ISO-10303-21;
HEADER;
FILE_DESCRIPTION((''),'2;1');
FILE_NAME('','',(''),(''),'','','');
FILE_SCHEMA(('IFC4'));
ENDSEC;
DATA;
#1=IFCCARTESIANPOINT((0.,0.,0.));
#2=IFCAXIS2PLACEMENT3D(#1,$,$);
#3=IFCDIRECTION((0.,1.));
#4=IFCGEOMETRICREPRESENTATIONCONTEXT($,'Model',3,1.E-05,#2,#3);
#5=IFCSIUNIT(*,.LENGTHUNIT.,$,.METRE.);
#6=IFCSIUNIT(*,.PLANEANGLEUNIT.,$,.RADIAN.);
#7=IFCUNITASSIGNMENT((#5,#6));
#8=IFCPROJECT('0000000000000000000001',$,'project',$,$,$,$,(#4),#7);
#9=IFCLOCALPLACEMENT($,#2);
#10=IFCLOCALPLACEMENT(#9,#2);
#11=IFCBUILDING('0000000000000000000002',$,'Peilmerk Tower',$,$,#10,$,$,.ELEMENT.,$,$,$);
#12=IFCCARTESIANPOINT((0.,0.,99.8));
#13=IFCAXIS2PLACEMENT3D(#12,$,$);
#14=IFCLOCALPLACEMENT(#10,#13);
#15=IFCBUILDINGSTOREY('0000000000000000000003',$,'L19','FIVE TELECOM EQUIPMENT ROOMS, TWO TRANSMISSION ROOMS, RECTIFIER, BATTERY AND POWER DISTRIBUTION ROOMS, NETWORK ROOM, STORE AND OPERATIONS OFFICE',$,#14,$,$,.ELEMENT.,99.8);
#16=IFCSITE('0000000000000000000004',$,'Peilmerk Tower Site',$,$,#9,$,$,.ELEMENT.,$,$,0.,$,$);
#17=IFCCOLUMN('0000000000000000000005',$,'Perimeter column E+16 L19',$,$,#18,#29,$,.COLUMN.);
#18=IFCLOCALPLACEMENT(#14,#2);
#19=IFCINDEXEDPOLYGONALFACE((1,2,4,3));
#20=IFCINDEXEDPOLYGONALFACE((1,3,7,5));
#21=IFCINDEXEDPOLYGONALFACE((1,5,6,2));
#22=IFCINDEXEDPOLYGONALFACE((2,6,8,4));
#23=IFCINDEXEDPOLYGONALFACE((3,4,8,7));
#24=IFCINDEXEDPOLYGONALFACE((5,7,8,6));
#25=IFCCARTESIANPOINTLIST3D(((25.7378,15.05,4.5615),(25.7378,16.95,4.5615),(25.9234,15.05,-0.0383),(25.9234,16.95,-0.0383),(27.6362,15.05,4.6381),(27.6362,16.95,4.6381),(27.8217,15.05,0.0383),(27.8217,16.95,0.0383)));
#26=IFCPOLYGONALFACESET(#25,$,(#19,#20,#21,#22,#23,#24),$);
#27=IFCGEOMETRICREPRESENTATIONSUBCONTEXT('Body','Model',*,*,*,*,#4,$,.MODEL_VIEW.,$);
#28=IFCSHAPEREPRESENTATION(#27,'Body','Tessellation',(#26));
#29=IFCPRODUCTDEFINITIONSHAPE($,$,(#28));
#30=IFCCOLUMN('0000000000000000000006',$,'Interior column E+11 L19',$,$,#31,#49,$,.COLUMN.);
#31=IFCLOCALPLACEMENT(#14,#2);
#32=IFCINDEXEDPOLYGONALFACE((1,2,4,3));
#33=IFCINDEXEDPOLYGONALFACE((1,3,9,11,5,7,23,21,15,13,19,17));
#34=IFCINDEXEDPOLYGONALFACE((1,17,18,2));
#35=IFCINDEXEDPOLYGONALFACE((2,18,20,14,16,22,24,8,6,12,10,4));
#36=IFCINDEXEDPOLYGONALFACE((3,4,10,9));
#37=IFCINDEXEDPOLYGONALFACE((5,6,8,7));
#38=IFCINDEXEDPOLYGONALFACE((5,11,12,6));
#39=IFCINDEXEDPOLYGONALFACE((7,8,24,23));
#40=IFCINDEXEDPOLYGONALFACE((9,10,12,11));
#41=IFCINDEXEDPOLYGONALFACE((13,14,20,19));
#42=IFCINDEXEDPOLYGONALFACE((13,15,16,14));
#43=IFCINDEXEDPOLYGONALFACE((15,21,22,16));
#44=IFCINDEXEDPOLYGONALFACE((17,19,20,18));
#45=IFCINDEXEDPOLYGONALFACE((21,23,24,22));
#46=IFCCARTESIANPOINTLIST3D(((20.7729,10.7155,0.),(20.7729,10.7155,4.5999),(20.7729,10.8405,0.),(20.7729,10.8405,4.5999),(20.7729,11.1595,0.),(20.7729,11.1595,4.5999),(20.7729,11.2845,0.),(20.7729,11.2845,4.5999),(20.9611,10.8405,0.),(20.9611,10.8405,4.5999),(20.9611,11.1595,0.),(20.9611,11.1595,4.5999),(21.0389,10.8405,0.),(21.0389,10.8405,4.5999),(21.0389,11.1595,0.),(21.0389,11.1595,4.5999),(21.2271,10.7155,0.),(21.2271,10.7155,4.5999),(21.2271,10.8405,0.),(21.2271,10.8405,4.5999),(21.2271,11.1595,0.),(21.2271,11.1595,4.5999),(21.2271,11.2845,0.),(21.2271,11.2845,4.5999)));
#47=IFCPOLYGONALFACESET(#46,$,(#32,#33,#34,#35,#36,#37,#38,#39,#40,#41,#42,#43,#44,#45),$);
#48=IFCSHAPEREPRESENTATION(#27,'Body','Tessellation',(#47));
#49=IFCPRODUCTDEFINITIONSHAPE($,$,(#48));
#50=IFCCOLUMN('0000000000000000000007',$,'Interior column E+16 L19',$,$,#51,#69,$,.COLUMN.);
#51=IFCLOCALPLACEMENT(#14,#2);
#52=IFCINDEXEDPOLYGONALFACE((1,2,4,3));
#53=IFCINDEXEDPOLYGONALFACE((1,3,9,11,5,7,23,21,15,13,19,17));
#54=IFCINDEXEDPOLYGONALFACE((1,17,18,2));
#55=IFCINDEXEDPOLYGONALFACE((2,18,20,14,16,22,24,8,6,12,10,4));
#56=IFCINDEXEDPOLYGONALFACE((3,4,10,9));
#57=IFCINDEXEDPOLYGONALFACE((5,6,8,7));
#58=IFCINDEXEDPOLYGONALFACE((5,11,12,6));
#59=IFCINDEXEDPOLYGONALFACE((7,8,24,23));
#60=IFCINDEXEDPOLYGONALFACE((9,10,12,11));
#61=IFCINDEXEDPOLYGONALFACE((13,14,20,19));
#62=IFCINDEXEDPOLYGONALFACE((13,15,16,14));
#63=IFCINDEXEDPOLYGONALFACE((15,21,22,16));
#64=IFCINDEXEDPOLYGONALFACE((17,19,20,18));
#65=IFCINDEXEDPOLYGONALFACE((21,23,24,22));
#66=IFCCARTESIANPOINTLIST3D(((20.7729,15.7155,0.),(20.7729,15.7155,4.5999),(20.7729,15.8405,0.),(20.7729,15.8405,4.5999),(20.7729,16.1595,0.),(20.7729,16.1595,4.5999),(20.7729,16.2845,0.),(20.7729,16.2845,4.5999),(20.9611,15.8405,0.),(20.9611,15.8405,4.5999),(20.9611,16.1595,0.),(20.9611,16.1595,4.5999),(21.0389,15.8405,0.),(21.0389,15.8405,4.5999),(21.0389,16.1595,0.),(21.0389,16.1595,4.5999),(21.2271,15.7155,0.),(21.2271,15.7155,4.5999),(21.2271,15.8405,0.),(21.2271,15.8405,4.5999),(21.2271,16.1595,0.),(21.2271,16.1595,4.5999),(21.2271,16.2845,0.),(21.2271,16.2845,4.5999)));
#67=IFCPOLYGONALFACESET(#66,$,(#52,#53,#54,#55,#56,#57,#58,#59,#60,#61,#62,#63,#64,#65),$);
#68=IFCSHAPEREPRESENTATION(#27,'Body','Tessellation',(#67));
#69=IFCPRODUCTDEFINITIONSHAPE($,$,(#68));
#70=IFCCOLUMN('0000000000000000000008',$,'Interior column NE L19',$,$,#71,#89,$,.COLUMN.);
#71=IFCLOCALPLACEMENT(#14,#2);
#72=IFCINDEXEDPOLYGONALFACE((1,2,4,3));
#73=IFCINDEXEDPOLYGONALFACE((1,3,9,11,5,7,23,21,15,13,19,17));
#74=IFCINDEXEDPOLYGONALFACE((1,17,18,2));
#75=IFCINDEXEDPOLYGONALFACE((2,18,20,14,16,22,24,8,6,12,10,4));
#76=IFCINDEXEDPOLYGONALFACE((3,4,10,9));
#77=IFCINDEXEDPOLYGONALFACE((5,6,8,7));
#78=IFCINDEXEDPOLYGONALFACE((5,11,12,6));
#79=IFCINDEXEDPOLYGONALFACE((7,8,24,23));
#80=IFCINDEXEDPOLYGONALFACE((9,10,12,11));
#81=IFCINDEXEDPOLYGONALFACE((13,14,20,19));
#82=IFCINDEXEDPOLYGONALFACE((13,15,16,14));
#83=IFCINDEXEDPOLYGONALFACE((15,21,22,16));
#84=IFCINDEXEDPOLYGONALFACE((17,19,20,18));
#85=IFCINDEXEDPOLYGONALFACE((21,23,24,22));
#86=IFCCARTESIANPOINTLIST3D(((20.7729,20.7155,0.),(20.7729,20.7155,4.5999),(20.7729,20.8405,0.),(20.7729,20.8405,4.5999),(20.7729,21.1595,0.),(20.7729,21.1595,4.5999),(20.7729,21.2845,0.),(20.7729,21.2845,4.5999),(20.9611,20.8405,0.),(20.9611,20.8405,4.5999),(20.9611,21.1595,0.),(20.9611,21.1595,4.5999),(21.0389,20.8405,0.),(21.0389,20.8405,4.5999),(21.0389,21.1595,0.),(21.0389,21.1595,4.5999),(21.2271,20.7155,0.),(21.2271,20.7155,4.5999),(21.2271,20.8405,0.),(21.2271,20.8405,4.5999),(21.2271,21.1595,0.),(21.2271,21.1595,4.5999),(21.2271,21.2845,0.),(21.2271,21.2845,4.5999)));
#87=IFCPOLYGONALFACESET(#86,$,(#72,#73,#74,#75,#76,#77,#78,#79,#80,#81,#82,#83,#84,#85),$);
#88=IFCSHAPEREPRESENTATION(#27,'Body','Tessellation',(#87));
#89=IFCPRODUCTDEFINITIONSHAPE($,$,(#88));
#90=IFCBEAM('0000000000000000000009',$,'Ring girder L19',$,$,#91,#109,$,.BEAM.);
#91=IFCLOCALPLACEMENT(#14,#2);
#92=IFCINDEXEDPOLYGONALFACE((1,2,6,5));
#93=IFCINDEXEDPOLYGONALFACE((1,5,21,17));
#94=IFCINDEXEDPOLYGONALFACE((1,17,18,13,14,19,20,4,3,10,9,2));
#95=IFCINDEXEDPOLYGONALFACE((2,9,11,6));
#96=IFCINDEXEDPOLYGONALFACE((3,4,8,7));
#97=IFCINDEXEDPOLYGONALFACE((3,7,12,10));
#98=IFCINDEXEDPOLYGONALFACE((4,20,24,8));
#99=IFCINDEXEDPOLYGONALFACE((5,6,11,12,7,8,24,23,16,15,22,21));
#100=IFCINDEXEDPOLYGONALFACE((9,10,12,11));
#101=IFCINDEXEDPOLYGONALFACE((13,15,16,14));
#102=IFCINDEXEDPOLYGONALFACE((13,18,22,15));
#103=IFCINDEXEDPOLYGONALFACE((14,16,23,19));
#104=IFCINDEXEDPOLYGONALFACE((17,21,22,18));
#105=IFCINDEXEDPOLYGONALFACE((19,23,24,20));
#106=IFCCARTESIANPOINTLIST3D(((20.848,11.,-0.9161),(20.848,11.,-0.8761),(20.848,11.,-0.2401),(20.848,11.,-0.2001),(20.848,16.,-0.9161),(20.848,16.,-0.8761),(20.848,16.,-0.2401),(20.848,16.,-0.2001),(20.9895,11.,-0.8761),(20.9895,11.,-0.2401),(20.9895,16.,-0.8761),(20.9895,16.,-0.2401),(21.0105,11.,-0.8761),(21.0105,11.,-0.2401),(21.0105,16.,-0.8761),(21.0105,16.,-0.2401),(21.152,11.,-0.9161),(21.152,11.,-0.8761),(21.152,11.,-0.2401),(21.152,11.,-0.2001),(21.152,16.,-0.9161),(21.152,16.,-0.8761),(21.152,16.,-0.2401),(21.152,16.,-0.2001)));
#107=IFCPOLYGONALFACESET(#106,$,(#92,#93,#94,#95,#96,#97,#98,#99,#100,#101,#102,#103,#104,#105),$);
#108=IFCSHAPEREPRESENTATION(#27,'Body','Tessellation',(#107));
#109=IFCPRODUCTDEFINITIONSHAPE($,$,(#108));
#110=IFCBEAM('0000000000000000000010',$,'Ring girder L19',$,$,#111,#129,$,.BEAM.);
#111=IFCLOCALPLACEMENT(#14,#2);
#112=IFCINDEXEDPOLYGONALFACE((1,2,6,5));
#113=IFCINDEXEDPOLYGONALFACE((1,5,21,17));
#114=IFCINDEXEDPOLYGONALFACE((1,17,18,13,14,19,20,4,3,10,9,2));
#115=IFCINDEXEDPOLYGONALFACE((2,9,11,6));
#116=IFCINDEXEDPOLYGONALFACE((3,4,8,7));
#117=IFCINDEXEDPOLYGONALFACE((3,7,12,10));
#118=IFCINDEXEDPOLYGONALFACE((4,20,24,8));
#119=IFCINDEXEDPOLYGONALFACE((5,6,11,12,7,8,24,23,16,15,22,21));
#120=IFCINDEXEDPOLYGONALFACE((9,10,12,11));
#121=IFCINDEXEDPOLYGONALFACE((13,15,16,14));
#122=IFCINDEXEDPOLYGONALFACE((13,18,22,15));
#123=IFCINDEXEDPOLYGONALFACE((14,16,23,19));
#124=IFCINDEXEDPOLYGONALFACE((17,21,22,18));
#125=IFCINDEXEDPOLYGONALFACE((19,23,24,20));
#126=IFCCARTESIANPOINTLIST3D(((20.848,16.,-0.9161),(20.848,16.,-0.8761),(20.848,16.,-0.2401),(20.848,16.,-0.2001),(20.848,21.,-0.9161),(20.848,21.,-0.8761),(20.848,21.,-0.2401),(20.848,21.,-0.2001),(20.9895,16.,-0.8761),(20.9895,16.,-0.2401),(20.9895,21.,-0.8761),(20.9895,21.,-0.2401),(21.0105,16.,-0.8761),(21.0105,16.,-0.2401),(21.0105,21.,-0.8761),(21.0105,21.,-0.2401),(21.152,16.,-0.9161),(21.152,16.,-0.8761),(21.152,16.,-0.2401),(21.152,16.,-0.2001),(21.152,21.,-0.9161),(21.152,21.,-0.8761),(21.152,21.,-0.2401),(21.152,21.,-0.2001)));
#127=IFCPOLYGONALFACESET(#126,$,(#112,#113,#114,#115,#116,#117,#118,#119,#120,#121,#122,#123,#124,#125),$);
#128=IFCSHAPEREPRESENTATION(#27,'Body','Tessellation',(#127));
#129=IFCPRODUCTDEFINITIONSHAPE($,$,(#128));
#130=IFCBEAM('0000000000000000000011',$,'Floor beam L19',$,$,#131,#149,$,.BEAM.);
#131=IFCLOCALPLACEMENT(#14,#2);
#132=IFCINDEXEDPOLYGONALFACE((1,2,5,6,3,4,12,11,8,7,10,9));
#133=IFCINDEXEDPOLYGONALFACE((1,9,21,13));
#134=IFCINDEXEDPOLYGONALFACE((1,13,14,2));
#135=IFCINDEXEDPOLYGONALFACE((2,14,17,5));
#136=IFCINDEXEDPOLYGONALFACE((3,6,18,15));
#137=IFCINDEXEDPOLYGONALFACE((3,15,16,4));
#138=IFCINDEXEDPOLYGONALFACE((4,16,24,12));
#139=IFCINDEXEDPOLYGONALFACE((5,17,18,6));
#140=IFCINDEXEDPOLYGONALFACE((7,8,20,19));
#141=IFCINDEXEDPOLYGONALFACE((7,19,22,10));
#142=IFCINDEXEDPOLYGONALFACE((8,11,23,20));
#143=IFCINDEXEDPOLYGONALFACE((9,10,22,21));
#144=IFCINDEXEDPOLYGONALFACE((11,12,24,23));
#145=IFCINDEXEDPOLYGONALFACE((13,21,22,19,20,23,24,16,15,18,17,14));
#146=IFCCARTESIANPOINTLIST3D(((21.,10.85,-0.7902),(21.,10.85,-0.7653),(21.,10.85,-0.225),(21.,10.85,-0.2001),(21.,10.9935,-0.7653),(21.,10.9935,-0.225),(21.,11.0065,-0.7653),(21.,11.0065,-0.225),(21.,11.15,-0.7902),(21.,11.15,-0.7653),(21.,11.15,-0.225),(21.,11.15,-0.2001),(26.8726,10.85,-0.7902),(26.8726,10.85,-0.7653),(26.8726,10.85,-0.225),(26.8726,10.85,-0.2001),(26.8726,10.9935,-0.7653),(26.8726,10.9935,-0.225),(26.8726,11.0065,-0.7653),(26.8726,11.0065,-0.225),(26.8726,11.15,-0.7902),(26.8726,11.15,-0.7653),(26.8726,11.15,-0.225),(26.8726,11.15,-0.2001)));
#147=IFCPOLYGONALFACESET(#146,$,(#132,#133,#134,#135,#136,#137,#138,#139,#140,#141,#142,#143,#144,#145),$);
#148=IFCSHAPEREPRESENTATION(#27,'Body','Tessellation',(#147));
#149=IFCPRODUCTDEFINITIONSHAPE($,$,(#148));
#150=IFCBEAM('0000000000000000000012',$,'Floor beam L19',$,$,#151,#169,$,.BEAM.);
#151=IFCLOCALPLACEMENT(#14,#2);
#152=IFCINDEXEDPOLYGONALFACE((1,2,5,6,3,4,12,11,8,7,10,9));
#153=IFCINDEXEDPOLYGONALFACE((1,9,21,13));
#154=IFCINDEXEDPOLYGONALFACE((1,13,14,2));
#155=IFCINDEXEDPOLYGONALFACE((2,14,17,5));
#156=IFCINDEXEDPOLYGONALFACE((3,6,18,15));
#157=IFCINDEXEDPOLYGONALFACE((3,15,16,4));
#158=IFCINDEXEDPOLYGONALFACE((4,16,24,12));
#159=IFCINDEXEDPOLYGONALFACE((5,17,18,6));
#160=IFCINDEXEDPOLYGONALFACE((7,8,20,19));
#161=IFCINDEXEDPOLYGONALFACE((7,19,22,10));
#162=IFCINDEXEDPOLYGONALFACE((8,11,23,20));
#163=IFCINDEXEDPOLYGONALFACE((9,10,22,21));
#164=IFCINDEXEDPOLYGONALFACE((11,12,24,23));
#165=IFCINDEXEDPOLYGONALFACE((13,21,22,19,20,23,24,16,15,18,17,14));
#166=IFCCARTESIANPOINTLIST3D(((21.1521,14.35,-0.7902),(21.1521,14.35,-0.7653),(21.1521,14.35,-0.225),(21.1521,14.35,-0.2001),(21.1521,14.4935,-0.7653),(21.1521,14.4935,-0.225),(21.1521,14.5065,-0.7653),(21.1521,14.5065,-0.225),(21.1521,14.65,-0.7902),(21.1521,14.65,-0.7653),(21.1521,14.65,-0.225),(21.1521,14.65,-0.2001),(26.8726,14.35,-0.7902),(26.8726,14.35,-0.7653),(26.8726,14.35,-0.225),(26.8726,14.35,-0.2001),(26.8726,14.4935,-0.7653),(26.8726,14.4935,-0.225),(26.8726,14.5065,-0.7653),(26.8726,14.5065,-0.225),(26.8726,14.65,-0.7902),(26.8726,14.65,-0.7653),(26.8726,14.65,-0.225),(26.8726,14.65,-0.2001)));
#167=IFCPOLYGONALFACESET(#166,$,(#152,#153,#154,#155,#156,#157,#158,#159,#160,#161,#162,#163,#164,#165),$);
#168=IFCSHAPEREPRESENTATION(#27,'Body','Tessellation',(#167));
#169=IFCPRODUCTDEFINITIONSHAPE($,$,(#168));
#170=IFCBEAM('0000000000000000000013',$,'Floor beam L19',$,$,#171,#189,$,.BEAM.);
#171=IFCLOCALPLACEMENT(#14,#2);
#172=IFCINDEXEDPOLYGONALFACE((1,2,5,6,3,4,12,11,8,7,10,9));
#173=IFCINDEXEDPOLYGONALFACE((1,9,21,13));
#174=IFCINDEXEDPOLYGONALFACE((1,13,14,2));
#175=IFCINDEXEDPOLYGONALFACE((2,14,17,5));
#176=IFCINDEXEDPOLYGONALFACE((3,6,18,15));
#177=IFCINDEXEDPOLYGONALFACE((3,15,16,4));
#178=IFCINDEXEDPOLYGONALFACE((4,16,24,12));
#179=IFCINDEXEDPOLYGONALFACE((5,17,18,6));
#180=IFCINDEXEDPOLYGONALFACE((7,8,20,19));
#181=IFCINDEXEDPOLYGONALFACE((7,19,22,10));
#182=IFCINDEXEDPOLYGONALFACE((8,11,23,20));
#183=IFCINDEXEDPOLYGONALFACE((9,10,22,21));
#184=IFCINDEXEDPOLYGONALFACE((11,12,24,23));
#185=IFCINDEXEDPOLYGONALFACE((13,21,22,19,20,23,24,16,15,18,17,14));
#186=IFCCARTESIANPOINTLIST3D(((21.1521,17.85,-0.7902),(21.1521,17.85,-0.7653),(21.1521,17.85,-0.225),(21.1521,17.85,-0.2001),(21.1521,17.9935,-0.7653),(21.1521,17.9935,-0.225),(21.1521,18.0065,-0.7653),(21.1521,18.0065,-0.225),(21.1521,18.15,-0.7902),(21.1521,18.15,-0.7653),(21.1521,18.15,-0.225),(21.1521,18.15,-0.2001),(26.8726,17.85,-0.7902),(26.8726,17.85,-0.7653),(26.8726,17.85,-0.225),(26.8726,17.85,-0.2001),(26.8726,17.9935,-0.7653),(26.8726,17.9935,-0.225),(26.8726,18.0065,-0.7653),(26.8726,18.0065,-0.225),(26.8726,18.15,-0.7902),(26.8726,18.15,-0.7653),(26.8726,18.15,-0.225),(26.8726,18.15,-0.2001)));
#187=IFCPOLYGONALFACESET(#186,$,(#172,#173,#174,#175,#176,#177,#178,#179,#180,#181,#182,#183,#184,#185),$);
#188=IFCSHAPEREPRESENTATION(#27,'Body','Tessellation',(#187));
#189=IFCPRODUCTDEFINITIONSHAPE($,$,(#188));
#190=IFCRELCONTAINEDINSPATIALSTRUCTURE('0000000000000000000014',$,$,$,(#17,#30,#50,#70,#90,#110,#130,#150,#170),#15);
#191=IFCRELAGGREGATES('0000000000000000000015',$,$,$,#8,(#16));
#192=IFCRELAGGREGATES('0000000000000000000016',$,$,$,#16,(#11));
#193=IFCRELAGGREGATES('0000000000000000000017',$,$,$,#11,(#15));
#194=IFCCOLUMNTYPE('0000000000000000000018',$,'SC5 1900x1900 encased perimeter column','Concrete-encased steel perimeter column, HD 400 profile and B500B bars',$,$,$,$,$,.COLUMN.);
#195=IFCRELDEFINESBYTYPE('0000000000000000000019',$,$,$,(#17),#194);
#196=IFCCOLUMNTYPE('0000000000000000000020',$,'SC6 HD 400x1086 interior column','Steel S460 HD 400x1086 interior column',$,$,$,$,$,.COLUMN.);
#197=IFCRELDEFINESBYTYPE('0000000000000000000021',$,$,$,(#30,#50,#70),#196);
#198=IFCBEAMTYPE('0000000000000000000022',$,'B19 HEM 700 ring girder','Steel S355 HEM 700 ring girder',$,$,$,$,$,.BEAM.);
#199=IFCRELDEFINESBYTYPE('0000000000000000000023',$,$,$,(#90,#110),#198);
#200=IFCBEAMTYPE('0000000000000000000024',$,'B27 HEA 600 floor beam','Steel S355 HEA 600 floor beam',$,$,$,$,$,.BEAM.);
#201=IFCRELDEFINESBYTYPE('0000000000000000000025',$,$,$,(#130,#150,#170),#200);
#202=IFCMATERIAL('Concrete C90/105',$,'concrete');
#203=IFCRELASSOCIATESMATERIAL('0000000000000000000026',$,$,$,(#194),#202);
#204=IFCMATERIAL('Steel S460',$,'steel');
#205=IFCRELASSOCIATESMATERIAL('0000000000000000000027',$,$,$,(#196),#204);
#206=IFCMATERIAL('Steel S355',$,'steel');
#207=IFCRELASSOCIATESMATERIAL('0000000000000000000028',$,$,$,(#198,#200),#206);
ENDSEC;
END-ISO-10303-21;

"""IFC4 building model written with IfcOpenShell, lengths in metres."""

from ifc_helpers import new_model, si_unit, direction, frame, origin, origin_2d, place, context, subcontext, project, spatial, rectangle, i_section, extrude, material, material_profile, profile_set, type_object, element, save


model = new_model("IFC4")

# Units and contexts
model_context = context("Model", 3, precision=1e-05, world=origin(), true_north=direction((0.0, 1.0)))
body_context = subcontext(model_context, "Body", "Model", "MODEL_VIEW")
ifc_project = project(units=[si_unit("LENGTHUNIT", "METRE"), si_unit("PLANEANGLEUNIT", "RADIAN")], contexts=[model_context])

# Site, building, storey
site_placement = place(None, origin())
site = spatial("IfcSite", under=ifc_project, at=site_placement, Name="Peilmerk Tower Site", CompositionType="ELEMENT", RefElevation=0.0)
building_placement = place(site_placement, origin())
building = spatial("IfcBuilding", under=site, at=building_placement, Name="Peilmerk Tower", CompositionType="ELEMENT")
storey_placement = place(building_placement, frame((0.0, 0.0, 99.8)))
storey = spatial("IfcBuildingStorey", under=building, at=storey_placement, Name="L19", Description="FIVE TELECOM EQUIPMENT ROOMS, TWO TRANSMISSION ROOMS, RECTIFIER, BATTERY AND POWER DISTRIBUTION ROOMS, NETWORK ROOM, STORE AND OPERATIONS OFFICE", CompositionType="ELEMENT", Elevation=99.8)

# Columns
ifc_material_1 = material(Name="Concrete C90/105", Category="concrete")
ifc_material_profile_1 = material_profile(ifc_material_1, rectangle(XDim=1.8999, YDim=1.8999, at=origin_2d()), Name="RC 1900x1900")
ifc_profile_set_1 = profile_set([ifc_material_profile_1], Name="Concrete C90/105")
column_type_1 = type_object("IfcColumnType", Name="SC5 1900x1900 encased perimeter column", Description="Concrete-encased steel perimeter column, HD 400 profile and B500B bars", PredefinedType="COLUMN", material=ifc_profile_set_1)
column_placement = place(storey_placement, frame((26.8726, 16.0, 0.0), z_axis=(-0.040305, 0.0, 0.999187), x_axis=(0.0, -1.0, 0.0)))
element("IfcColumn", 1, at=column_placement, inside=storey, type_object=column_type_1, Name="Perimeter column E+16 L19", PredefinedType="COLUMN", context=body_context, shape_type="SweptSolid", body=[
    extrude(rectangle(XDim=1.8999, YDim=1.8999, at=origin_2d()), origin(), (0.0, 0.0, 1.0), 4.6035),
])
ifc_material_2 = material(Name="Steel S460", Category="steel")
ifc_material_profile_2 = material_profile(ifc_material_2, i_section(OverallWidth=0.4541, OverallDepth=0.5691, WebThickness=0.0779, FlangeThickness=0.125, at=origin_2d()), Name="HD 400x1086")
ifc_profile_set_2 = profile_set([ifc_material_profile_2], Name="Steel S460")
column_type_2 = type_object("IfcColumnType", Name="SC6 HD 400x1086 interior column", Description="Steel S460 HD 400x1086 interior column", PredefinedType="COLUMN", material=ifc_profile_set_2)
for number, where, z_axis, x_axis, name in (
    (2, (21.0, 11.0, 0.0), (0.0, 0.0, 1.0), (1.0, 0.0, 0.0), "Interior column E+11 L19"),
    (3, (21.0, 16.0, 0.0), (0.0, 0.0, 1.0), (1.0, 0.0, 0.0), "Interior column E+16 L19"),
    (4, (21.0, 21.0, 0.0), (0.0, 0.0, 1.0), (1.0, 0.0, 0.0), "Interior column NE L19"),
):
    element("IfcColumn", number, at=place(storey_placement, frame(where, z_axis=z_axis, x_axis=x_axis)), inside=storey, type_object=column_type_2, Name=name, PredefinedType="COLUMN", context=body_context, shape_type="SweptSolid", body=[
        extrude(i_section(OverallWidth=0.4541, OverallDepth=0.5691, WebThickness=0.0779, FlangeThickness=0.125, at=origin_2d()), origin(), (0.0, 0.0, 1.0), 4.5999),
    ])

# Beams
ifc_material_3 = material(Name="Steel S355", Category="steel")
ifc_material_profile_3 = material_profile(ifc_material_3, i_section(OverallWidth=0.304, OverallDepth=0.7161, WebThickness=0.021, FlangeThickness=0.04, at=origin_2d()), Name="HEM 700")
ifc_profile_set_3 = profile_set([ifc_material_profile_3], Name="Steel S355")
beam_type_1 = type_object("IfcBeamType", Name="B19 HEM 700 ring girder", Description="Steel S355 HEM 700 ring girder", PredefinedType="BEAM", material=ifc_profile_set_3)
for number, where, z_axis, x_axis, name in (
    (5, (21.0, 11.0, -0.5581), (0.0, 1.0, 0.0), (-1.0, 0.0, 0.0), "Ring girder L19"),
    (6, (21.0, 16.0, -0.5581), (0.0, 1.0, 0.0), (-1.0, 0.0, 0.0), "Ring girder L19"),
):
    element("IfcBeam", number, at=place(storey_placement, frame(where, z_axis=z_axis, x_axis=x_axis)), inside=storey, type_object=beam_type_1, Name=name, PredefinedType="BEAM", context=body_context, shape_type="SweptSolid", body=[
        extrude(i_section(OverallWidth=0.304, OverallDepth=0.7161, WebThickness=0.021, FlangeThickness=0.04, at=origin_2d()), origin(), (0.0, 0.0, 1.0), 5.0),
    ])
ifc_material_profile_4 = material_profile(ifc_material_3, i_section(OverallWidth=0.3, OverallDepth=0.5901, WebThickness=0.0129, FlangeThickness=0.0249, at=origin_2d()), Name="HEA 600")
ifc_profile_set_4 = profile_set([ifc_material_profile_4], Name="Steel S355")
beam_type_2 = type_object("IfcBeamType", Name="B27 HEA 600 floor beam", Description="Steel S355 HEA 600 floor beam", PredefinedType="BEAM", material=ifc_profile_set_4)
beam_1_placement = place(storey_placement, frame((21.0, 11.0, -0.4951), z_axis=(1.0, 0.0, 0.0), x_axis=(0.0, 1.0, 0.0)))
element("IfcBeam", 7, at=beam_1_placement, inside=storey, type_object=beam_type_2, Name="Floor beam L19", PredefinedType="BEAM", context=body_context, shape_type="SweptSolid", body=[
    extrude(i_section(OverallWidth=0.3, OverallDepth=0.5901, WebThickness=0.0129, FlangeThickness=0.0249, at=origin_2d()), origin(), (0.0, 0.0, 1.0), 5.8726),
])
for number, where, z_axis, x_axis, name in (
    (8, (21.1521, 14.5, -0.4951), (1.0, 0.0, 0.0), (0.0, 1.0, 0.0), "Floor beam L19"),
    (9, (21.1521, 18.0, -0.4951), (1.0, 0.0, 0.0), (0.0, 1.0, 0.0), "Floor beam L19"),
):
    element("IfcBeam", number, at=place(storey_placement, frame(where, z_axis=z_axis, x_axis=x_axis)), inside=storey, type_object=beam_type_2, Name=name, PredefinedType="BEAM", context=body_context, shape_type="SweptSolid", body=[
        extrude(i_section(OverallWidth=0.3, OverallDepth=0.5901, WebThickness=0.0129, FlangeThickness=0.0249, at=origin_2d()), origin(), (0.0, 0.0, 1.0), 5.7205),
    ])

save(model, "model.ifc")
